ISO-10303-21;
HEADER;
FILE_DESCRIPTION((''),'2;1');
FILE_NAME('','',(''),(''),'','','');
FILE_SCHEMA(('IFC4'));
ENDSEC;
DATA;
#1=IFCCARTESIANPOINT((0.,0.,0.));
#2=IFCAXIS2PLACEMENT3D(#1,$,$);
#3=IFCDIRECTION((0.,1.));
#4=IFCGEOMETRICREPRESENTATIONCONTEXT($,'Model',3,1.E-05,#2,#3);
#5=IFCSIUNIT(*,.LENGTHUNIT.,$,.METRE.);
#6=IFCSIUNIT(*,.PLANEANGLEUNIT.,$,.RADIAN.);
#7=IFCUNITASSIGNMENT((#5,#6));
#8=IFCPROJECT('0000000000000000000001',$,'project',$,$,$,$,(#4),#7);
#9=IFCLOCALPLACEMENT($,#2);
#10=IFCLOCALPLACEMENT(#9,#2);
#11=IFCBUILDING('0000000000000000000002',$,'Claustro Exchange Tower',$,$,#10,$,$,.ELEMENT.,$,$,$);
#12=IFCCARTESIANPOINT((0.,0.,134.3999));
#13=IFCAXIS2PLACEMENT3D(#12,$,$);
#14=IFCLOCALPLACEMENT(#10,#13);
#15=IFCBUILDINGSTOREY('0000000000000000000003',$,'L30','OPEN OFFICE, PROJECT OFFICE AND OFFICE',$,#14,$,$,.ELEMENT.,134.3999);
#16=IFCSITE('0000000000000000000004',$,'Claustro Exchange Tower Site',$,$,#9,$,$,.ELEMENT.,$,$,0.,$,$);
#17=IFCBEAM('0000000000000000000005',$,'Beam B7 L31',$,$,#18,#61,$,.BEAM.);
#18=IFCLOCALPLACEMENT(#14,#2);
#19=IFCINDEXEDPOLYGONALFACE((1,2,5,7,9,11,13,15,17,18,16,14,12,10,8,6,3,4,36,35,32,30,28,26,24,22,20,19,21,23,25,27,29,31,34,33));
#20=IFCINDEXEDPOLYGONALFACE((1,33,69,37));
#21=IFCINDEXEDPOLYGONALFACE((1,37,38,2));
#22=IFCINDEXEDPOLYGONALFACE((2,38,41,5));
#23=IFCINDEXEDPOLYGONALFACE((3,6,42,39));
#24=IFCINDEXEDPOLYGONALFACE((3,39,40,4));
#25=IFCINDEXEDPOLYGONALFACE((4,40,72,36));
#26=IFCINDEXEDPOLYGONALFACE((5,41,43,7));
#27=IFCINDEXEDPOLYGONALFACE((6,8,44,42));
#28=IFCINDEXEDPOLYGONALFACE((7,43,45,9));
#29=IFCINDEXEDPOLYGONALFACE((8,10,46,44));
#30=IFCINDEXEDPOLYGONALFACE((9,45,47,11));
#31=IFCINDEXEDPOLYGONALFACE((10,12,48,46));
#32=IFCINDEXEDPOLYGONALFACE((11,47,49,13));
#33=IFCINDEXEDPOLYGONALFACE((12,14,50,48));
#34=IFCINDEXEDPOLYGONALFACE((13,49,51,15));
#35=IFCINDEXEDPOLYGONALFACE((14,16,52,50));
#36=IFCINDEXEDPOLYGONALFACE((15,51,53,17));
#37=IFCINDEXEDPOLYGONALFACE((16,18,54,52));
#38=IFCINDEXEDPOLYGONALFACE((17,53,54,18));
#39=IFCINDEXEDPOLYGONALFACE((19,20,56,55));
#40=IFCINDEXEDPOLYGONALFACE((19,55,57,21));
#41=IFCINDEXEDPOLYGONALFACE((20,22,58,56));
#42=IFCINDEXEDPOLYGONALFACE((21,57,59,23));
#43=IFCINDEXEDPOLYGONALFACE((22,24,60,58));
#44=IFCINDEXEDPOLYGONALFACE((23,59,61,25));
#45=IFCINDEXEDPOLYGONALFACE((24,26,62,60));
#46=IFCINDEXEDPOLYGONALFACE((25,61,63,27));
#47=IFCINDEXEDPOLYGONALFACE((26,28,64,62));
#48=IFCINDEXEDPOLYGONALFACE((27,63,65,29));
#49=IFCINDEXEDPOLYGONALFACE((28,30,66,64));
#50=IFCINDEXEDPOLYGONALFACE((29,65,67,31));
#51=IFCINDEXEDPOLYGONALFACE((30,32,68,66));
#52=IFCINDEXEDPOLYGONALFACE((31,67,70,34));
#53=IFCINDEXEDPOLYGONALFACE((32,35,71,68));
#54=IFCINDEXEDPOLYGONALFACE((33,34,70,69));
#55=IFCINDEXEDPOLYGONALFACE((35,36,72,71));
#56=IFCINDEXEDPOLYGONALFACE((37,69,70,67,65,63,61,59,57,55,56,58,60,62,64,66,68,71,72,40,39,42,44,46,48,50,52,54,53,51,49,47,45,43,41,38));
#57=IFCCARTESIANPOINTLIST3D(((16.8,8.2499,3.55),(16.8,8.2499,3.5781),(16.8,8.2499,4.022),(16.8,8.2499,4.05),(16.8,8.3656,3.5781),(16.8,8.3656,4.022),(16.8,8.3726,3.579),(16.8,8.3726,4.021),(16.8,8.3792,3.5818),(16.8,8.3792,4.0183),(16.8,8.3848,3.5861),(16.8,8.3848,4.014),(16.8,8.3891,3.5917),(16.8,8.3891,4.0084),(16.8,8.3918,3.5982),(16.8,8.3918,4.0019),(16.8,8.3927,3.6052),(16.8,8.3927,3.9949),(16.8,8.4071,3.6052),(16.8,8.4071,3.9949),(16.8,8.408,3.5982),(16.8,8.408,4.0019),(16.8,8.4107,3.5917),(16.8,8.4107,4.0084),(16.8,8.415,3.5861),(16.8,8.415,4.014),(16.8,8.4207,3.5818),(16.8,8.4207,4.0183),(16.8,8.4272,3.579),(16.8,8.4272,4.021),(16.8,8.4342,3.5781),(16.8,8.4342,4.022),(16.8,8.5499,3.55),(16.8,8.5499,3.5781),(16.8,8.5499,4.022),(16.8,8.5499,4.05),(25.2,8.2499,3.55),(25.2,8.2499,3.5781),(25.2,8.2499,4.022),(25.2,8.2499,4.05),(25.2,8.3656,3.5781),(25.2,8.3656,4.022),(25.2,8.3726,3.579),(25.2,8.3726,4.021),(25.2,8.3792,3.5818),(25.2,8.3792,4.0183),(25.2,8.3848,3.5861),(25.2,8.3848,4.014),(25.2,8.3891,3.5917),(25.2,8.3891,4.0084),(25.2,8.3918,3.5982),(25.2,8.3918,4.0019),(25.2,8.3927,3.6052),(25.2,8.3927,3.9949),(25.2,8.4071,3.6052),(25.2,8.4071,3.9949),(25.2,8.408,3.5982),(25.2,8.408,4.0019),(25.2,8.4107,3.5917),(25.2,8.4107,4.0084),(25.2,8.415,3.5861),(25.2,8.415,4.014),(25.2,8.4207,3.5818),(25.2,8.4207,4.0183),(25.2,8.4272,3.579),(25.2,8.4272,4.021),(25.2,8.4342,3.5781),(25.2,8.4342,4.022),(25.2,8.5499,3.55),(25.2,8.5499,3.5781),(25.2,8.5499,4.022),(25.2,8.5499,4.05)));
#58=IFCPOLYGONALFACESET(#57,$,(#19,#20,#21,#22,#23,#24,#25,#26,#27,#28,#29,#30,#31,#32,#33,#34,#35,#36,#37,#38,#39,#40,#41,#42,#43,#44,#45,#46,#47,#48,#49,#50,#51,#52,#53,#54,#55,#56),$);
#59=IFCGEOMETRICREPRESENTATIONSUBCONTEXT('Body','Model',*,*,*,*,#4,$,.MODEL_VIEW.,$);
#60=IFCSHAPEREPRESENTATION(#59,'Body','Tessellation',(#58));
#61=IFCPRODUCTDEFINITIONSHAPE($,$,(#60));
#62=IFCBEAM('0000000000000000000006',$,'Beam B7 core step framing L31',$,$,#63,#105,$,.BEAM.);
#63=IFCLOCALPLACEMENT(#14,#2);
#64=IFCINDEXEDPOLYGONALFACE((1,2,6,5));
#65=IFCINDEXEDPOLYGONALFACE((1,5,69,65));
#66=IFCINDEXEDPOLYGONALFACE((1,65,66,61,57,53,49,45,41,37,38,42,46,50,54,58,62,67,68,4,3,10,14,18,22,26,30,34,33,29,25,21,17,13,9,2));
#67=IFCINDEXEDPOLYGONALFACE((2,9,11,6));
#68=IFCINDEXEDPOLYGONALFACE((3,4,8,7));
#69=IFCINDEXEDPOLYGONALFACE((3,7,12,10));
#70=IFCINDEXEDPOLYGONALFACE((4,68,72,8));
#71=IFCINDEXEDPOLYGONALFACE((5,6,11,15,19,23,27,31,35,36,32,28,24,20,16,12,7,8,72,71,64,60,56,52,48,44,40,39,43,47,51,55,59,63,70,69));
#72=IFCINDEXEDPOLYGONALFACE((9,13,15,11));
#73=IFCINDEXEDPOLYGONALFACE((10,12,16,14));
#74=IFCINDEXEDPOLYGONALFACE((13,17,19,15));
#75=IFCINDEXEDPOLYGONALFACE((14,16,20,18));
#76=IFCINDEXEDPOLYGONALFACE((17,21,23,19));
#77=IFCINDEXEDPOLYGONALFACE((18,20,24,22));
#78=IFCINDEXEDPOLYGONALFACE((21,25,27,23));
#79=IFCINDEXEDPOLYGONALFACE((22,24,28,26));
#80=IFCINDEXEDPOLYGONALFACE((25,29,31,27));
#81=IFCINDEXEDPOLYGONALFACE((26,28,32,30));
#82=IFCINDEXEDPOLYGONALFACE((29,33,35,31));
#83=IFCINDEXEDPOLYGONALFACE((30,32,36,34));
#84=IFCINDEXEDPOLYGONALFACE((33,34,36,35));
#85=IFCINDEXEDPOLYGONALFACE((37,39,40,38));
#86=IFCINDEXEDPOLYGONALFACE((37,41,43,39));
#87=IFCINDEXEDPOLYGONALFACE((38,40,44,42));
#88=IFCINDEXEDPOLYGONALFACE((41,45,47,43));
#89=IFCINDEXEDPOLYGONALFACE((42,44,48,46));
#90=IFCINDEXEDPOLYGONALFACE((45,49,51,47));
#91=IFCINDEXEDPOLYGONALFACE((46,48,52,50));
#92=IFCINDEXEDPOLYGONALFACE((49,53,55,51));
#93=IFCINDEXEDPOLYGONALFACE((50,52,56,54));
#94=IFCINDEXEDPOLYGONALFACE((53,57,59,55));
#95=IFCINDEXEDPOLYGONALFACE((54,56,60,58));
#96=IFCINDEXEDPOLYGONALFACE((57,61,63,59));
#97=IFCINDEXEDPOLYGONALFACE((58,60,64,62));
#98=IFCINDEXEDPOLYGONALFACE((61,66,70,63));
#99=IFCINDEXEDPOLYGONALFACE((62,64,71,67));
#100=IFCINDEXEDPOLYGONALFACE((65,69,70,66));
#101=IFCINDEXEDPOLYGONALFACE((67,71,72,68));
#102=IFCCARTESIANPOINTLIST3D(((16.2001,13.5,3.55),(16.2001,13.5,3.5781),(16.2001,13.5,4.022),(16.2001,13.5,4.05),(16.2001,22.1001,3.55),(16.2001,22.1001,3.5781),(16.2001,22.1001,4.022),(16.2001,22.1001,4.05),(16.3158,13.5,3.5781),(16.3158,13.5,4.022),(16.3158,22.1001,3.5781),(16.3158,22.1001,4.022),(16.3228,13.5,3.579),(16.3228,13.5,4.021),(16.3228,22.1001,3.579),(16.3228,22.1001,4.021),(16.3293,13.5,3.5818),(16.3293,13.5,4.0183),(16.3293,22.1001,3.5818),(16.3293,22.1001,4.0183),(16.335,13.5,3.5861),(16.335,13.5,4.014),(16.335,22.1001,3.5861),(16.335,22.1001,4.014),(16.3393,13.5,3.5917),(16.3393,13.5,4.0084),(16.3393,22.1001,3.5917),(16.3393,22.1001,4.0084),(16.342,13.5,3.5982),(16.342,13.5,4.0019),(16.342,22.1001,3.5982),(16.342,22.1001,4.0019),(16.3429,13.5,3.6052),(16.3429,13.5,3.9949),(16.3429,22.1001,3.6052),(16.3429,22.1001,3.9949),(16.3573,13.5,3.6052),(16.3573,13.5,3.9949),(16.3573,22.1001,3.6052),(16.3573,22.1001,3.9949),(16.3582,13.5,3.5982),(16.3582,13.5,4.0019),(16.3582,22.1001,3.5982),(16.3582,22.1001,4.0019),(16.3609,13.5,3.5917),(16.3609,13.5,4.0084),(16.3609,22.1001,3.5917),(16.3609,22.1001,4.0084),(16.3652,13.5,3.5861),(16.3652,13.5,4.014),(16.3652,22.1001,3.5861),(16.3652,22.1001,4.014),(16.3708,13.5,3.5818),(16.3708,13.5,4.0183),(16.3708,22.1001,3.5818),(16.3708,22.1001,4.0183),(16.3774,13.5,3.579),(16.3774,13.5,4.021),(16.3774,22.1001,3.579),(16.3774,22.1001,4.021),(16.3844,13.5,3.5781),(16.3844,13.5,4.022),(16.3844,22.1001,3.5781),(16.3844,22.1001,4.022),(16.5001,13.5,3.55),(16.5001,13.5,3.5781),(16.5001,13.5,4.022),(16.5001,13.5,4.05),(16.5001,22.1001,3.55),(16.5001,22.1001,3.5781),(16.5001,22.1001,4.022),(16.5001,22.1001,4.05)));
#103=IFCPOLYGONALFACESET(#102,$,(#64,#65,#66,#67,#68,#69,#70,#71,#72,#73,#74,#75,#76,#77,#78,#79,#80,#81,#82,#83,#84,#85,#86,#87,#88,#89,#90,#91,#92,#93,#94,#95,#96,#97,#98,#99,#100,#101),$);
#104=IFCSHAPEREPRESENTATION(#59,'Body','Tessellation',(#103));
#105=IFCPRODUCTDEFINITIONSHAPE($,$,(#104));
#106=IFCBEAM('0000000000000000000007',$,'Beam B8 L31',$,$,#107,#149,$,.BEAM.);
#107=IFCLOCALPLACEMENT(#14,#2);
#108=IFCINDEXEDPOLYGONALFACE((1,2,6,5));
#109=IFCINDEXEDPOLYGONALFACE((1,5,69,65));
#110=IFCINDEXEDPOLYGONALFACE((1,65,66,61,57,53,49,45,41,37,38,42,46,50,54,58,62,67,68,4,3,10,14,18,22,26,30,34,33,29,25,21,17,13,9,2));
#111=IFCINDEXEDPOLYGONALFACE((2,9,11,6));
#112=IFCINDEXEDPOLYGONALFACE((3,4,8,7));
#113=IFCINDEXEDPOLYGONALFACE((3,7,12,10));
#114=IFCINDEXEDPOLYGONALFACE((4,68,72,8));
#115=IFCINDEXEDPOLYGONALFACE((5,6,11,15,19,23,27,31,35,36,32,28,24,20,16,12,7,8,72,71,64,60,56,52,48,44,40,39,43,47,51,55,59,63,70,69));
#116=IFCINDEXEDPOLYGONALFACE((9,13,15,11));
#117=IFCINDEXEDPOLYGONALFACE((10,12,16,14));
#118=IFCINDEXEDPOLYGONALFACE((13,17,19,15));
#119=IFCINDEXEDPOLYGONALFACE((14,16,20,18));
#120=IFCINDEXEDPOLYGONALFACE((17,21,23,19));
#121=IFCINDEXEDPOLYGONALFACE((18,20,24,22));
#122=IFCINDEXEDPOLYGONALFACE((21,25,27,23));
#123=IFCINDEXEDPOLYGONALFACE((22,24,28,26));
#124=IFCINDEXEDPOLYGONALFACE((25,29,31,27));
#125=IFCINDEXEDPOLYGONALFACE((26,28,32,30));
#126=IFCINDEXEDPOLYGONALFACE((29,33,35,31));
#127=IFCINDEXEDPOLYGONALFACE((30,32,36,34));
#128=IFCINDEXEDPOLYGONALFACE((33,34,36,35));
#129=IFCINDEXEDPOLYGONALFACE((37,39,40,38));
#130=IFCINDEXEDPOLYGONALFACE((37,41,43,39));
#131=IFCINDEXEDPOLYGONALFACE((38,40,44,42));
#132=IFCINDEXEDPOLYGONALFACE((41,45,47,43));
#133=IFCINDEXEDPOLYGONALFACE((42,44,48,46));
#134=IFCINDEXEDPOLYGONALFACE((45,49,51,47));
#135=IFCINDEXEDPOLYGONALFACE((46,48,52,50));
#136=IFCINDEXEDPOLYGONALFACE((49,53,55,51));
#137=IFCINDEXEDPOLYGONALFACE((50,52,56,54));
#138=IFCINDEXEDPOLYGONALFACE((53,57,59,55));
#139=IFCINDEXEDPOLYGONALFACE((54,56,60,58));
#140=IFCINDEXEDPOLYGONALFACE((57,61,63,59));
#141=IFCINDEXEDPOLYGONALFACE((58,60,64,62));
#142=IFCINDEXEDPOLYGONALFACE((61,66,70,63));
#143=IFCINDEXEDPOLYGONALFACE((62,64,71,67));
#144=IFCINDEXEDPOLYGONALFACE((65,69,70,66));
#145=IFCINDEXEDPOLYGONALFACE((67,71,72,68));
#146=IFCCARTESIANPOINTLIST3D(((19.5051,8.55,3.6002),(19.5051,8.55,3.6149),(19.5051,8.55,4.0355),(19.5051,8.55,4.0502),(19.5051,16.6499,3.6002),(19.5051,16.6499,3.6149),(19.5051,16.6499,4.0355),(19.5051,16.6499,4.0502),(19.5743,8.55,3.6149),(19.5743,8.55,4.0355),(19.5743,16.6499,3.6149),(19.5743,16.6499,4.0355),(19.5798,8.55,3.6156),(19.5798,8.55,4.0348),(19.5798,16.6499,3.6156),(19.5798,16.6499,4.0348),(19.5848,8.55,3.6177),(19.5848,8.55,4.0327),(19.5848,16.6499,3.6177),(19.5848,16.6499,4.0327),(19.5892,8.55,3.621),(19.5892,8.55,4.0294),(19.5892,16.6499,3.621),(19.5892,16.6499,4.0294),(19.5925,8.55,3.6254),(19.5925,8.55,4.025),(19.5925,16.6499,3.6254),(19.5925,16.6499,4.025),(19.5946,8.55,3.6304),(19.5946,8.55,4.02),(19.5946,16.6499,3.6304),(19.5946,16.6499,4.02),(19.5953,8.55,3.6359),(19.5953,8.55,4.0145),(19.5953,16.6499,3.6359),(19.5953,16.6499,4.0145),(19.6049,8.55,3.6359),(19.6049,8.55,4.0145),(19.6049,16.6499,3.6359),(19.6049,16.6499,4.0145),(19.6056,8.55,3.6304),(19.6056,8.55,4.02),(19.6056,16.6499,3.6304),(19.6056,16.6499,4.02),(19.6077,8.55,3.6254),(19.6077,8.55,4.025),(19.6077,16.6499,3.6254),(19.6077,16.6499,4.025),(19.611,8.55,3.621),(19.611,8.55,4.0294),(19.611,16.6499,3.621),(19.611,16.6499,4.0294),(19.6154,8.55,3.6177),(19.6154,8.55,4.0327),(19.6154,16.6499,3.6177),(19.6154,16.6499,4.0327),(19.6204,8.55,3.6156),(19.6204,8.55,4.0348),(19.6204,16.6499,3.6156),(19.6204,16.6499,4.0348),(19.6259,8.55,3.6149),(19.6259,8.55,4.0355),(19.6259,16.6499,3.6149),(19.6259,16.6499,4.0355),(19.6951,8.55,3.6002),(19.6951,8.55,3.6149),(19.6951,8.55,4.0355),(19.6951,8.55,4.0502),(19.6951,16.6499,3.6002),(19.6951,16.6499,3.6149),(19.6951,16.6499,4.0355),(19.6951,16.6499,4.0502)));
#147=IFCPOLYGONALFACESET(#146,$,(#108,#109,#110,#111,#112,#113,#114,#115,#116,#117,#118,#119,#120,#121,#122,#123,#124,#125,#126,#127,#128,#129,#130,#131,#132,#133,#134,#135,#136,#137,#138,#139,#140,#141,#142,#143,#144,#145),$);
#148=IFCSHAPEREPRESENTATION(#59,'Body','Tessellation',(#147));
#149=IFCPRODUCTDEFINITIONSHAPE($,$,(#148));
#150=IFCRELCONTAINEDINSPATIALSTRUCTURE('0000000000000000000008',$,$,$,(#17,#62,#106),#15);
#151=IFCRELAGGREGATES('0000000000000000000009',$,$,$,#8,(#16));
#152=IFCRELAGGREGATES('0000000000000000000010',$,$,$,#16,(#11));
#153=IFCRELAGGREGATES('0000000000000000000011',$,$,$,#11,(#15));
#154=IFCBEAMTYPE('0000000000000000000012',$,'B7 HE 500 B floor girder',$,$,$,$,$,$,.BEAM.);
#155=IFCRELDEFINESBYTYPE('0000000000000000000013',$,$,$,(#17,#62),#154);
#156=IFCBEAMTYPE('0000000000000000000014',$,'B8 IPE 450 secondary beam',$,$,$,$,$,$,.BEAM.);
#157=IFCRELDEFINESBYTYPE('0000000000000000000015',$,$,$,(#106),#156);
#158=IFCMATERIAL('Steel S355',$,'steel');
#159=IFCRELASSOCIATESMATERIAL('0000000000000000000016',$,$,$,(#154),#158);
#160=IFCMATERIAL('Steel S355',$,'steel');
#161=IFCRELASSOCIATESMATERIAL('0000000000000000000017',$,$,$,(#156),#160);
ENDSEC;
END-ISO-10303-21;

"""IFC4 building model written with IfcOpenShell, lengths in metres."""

from ifc_helpers import new_model, si_unit, direction, frame, origin, origin_2d, place, context, subcontext, project, spatial, i_section, extrude, material, material_profile, profile_set, type_object, element, save


model = new_model("IFC4")

# Units and contexts
model_context = context("Model", 3, precision=1e-05, world=origin(), true_north=direction((0.0, 1.0)))
body_context = subcontext(model_context, "Body", "Model", "MODEL_VIEW")
ifc_project = project(units=[si_unit("LENGTHUNIT", "METRE"), si_unit("PLANEANGLEUNIT", "RADIAN")], contexts=[model_context])

# Site, building, storey
site_placement = place(None, origin())
site = spatial("IfcSite", under=ifc_project, at=site_placement, Name="Claustro Exchange Tower Site", CompositionType="ELEMENT", RefElevation=0.0)
building_placement = place(site_placement, origin())
building = spatial("IfcBuilding", under=site, at=building_placement, Name="Claustro Exchange Tower", CompositionType="ELEMENT")
storey_placement = place(building_placement, frame((0.0, 0.0, 134.3999)))
storey = spatial("IfcBuildingStorey", under=building, at=storey_placement, Name="L30", Description="OPEN OFFICE, PROJECT OFFICE AND OFFICE", CompositionType="ELEMENT", Elevation=134.3999)

# Beams
ifc_material_1 = material(Name="Steel S355", Category="steel")
ifc_material_profile_1 = material_profile(ifc_material_1, i_section(OverallWidth=0.3, OverallDepth=0.5, WebThickness=0.0144, FlangeThickness=0.0281, FilletRadius=0.0271, at=origin_2d()), Name="HE 500 B")
ifc_profile_set_1 = profile_set([ifc_material_profile_1], Name="Steel S355")
beam_type_1 = type_object("IfcBeamType", Name="B7 HE 500 B floor girder", PredefinedType="BEAM", material=ifc_profile_set_1)
beam_1_placement = place(storey_placement, frame((16.8, 8.3999, 3.8), z_axis=(1.0, 0.0, 0.0), x_axis=(0.0, 1.0, 0.0)))
element("IfcBeam", 1, at=beam_1_placement, inside=storey, type_object=beam_type_1, Name="Beam B7 L31", PredefinedType="BEAM", context=body_context, shape_type="SweptSolid", body=[
    extrude(i_section(OverallWidth=0.3, OverallDepth=0.5, WebThickness=0.0144, FlangeThickness=0.0281, FilletRadius=0.0271, at=origin_2d()), origin(), (0.0, 0.0, 1.0), 8.3999),
])
beam_2_placement = place(storey_placement, frame((16.3501, 13.5, 3.8), z_axis=(0.0, 1.0, 0.0), x_axis=(-1.0, 0.0, 0.0)))
element("IfcBeam", 2, at=beam_2_placement, inside=storey, type_object=beam_type_1, Name="Beam B7 core step framing L31", PredefinedType="BEAM", context=body_context, shape_type="SweptSolid", body=[
    extrude(i_section(OverallWidth=0.3, OverallDepth=0.5, WebThickness=0.0144, FlangeThickness=0.0281, FilletRadius=0.0271, at=origin_2d()), origin(), (0.0, 0.0, 1.0), 8.6001),
])
ifc_material_2 = material(Name="Steel S355", Category="steel")
ifc_material_profile_2 = material_profile(ifc_material_2, i_section(OverallWidth=0.1899, OverallDepth=0.45, WebThickness=0.0095, FlangeThickness=0.0146, FilletRadius=0.021, at=origin_2d()), Name="IPE 450")
ifc_profile_set_2 = profile_set([ifc_material_profile_2], Name="Steel S355")
beam_type_2 = type_object("IfcBeamType", Name="B8 IPE 450 secondary beam", PredefinedType="BEAM", material=ifc_profile_set_2)
beam_3_placement = place(storey_placement, frame((19.6001, 8.55, 3.8252), z_axis=(0.0, 1.0, 0.0), x_axis=(-1.0, 0.0, 0.0)))
element("IfcBeam", 3, at=beam_3_placement, inside=storey, type_object=beam_type_2, Name="Beam B8 L31", PredefinedType="BEAM", context=body_context, shape_type="SweptSolid", body=[
    extrude(i_section(OverallWidth=0.1899, OverallDepth=0.45, WebThickness=0.0095, FlangeThickness=0.0146, FilletRadius=0.021, at=origin_2d()), origin(), (0.0, 0.0, 1.0), 8.0999),
])

save(model, "model.ifc")
